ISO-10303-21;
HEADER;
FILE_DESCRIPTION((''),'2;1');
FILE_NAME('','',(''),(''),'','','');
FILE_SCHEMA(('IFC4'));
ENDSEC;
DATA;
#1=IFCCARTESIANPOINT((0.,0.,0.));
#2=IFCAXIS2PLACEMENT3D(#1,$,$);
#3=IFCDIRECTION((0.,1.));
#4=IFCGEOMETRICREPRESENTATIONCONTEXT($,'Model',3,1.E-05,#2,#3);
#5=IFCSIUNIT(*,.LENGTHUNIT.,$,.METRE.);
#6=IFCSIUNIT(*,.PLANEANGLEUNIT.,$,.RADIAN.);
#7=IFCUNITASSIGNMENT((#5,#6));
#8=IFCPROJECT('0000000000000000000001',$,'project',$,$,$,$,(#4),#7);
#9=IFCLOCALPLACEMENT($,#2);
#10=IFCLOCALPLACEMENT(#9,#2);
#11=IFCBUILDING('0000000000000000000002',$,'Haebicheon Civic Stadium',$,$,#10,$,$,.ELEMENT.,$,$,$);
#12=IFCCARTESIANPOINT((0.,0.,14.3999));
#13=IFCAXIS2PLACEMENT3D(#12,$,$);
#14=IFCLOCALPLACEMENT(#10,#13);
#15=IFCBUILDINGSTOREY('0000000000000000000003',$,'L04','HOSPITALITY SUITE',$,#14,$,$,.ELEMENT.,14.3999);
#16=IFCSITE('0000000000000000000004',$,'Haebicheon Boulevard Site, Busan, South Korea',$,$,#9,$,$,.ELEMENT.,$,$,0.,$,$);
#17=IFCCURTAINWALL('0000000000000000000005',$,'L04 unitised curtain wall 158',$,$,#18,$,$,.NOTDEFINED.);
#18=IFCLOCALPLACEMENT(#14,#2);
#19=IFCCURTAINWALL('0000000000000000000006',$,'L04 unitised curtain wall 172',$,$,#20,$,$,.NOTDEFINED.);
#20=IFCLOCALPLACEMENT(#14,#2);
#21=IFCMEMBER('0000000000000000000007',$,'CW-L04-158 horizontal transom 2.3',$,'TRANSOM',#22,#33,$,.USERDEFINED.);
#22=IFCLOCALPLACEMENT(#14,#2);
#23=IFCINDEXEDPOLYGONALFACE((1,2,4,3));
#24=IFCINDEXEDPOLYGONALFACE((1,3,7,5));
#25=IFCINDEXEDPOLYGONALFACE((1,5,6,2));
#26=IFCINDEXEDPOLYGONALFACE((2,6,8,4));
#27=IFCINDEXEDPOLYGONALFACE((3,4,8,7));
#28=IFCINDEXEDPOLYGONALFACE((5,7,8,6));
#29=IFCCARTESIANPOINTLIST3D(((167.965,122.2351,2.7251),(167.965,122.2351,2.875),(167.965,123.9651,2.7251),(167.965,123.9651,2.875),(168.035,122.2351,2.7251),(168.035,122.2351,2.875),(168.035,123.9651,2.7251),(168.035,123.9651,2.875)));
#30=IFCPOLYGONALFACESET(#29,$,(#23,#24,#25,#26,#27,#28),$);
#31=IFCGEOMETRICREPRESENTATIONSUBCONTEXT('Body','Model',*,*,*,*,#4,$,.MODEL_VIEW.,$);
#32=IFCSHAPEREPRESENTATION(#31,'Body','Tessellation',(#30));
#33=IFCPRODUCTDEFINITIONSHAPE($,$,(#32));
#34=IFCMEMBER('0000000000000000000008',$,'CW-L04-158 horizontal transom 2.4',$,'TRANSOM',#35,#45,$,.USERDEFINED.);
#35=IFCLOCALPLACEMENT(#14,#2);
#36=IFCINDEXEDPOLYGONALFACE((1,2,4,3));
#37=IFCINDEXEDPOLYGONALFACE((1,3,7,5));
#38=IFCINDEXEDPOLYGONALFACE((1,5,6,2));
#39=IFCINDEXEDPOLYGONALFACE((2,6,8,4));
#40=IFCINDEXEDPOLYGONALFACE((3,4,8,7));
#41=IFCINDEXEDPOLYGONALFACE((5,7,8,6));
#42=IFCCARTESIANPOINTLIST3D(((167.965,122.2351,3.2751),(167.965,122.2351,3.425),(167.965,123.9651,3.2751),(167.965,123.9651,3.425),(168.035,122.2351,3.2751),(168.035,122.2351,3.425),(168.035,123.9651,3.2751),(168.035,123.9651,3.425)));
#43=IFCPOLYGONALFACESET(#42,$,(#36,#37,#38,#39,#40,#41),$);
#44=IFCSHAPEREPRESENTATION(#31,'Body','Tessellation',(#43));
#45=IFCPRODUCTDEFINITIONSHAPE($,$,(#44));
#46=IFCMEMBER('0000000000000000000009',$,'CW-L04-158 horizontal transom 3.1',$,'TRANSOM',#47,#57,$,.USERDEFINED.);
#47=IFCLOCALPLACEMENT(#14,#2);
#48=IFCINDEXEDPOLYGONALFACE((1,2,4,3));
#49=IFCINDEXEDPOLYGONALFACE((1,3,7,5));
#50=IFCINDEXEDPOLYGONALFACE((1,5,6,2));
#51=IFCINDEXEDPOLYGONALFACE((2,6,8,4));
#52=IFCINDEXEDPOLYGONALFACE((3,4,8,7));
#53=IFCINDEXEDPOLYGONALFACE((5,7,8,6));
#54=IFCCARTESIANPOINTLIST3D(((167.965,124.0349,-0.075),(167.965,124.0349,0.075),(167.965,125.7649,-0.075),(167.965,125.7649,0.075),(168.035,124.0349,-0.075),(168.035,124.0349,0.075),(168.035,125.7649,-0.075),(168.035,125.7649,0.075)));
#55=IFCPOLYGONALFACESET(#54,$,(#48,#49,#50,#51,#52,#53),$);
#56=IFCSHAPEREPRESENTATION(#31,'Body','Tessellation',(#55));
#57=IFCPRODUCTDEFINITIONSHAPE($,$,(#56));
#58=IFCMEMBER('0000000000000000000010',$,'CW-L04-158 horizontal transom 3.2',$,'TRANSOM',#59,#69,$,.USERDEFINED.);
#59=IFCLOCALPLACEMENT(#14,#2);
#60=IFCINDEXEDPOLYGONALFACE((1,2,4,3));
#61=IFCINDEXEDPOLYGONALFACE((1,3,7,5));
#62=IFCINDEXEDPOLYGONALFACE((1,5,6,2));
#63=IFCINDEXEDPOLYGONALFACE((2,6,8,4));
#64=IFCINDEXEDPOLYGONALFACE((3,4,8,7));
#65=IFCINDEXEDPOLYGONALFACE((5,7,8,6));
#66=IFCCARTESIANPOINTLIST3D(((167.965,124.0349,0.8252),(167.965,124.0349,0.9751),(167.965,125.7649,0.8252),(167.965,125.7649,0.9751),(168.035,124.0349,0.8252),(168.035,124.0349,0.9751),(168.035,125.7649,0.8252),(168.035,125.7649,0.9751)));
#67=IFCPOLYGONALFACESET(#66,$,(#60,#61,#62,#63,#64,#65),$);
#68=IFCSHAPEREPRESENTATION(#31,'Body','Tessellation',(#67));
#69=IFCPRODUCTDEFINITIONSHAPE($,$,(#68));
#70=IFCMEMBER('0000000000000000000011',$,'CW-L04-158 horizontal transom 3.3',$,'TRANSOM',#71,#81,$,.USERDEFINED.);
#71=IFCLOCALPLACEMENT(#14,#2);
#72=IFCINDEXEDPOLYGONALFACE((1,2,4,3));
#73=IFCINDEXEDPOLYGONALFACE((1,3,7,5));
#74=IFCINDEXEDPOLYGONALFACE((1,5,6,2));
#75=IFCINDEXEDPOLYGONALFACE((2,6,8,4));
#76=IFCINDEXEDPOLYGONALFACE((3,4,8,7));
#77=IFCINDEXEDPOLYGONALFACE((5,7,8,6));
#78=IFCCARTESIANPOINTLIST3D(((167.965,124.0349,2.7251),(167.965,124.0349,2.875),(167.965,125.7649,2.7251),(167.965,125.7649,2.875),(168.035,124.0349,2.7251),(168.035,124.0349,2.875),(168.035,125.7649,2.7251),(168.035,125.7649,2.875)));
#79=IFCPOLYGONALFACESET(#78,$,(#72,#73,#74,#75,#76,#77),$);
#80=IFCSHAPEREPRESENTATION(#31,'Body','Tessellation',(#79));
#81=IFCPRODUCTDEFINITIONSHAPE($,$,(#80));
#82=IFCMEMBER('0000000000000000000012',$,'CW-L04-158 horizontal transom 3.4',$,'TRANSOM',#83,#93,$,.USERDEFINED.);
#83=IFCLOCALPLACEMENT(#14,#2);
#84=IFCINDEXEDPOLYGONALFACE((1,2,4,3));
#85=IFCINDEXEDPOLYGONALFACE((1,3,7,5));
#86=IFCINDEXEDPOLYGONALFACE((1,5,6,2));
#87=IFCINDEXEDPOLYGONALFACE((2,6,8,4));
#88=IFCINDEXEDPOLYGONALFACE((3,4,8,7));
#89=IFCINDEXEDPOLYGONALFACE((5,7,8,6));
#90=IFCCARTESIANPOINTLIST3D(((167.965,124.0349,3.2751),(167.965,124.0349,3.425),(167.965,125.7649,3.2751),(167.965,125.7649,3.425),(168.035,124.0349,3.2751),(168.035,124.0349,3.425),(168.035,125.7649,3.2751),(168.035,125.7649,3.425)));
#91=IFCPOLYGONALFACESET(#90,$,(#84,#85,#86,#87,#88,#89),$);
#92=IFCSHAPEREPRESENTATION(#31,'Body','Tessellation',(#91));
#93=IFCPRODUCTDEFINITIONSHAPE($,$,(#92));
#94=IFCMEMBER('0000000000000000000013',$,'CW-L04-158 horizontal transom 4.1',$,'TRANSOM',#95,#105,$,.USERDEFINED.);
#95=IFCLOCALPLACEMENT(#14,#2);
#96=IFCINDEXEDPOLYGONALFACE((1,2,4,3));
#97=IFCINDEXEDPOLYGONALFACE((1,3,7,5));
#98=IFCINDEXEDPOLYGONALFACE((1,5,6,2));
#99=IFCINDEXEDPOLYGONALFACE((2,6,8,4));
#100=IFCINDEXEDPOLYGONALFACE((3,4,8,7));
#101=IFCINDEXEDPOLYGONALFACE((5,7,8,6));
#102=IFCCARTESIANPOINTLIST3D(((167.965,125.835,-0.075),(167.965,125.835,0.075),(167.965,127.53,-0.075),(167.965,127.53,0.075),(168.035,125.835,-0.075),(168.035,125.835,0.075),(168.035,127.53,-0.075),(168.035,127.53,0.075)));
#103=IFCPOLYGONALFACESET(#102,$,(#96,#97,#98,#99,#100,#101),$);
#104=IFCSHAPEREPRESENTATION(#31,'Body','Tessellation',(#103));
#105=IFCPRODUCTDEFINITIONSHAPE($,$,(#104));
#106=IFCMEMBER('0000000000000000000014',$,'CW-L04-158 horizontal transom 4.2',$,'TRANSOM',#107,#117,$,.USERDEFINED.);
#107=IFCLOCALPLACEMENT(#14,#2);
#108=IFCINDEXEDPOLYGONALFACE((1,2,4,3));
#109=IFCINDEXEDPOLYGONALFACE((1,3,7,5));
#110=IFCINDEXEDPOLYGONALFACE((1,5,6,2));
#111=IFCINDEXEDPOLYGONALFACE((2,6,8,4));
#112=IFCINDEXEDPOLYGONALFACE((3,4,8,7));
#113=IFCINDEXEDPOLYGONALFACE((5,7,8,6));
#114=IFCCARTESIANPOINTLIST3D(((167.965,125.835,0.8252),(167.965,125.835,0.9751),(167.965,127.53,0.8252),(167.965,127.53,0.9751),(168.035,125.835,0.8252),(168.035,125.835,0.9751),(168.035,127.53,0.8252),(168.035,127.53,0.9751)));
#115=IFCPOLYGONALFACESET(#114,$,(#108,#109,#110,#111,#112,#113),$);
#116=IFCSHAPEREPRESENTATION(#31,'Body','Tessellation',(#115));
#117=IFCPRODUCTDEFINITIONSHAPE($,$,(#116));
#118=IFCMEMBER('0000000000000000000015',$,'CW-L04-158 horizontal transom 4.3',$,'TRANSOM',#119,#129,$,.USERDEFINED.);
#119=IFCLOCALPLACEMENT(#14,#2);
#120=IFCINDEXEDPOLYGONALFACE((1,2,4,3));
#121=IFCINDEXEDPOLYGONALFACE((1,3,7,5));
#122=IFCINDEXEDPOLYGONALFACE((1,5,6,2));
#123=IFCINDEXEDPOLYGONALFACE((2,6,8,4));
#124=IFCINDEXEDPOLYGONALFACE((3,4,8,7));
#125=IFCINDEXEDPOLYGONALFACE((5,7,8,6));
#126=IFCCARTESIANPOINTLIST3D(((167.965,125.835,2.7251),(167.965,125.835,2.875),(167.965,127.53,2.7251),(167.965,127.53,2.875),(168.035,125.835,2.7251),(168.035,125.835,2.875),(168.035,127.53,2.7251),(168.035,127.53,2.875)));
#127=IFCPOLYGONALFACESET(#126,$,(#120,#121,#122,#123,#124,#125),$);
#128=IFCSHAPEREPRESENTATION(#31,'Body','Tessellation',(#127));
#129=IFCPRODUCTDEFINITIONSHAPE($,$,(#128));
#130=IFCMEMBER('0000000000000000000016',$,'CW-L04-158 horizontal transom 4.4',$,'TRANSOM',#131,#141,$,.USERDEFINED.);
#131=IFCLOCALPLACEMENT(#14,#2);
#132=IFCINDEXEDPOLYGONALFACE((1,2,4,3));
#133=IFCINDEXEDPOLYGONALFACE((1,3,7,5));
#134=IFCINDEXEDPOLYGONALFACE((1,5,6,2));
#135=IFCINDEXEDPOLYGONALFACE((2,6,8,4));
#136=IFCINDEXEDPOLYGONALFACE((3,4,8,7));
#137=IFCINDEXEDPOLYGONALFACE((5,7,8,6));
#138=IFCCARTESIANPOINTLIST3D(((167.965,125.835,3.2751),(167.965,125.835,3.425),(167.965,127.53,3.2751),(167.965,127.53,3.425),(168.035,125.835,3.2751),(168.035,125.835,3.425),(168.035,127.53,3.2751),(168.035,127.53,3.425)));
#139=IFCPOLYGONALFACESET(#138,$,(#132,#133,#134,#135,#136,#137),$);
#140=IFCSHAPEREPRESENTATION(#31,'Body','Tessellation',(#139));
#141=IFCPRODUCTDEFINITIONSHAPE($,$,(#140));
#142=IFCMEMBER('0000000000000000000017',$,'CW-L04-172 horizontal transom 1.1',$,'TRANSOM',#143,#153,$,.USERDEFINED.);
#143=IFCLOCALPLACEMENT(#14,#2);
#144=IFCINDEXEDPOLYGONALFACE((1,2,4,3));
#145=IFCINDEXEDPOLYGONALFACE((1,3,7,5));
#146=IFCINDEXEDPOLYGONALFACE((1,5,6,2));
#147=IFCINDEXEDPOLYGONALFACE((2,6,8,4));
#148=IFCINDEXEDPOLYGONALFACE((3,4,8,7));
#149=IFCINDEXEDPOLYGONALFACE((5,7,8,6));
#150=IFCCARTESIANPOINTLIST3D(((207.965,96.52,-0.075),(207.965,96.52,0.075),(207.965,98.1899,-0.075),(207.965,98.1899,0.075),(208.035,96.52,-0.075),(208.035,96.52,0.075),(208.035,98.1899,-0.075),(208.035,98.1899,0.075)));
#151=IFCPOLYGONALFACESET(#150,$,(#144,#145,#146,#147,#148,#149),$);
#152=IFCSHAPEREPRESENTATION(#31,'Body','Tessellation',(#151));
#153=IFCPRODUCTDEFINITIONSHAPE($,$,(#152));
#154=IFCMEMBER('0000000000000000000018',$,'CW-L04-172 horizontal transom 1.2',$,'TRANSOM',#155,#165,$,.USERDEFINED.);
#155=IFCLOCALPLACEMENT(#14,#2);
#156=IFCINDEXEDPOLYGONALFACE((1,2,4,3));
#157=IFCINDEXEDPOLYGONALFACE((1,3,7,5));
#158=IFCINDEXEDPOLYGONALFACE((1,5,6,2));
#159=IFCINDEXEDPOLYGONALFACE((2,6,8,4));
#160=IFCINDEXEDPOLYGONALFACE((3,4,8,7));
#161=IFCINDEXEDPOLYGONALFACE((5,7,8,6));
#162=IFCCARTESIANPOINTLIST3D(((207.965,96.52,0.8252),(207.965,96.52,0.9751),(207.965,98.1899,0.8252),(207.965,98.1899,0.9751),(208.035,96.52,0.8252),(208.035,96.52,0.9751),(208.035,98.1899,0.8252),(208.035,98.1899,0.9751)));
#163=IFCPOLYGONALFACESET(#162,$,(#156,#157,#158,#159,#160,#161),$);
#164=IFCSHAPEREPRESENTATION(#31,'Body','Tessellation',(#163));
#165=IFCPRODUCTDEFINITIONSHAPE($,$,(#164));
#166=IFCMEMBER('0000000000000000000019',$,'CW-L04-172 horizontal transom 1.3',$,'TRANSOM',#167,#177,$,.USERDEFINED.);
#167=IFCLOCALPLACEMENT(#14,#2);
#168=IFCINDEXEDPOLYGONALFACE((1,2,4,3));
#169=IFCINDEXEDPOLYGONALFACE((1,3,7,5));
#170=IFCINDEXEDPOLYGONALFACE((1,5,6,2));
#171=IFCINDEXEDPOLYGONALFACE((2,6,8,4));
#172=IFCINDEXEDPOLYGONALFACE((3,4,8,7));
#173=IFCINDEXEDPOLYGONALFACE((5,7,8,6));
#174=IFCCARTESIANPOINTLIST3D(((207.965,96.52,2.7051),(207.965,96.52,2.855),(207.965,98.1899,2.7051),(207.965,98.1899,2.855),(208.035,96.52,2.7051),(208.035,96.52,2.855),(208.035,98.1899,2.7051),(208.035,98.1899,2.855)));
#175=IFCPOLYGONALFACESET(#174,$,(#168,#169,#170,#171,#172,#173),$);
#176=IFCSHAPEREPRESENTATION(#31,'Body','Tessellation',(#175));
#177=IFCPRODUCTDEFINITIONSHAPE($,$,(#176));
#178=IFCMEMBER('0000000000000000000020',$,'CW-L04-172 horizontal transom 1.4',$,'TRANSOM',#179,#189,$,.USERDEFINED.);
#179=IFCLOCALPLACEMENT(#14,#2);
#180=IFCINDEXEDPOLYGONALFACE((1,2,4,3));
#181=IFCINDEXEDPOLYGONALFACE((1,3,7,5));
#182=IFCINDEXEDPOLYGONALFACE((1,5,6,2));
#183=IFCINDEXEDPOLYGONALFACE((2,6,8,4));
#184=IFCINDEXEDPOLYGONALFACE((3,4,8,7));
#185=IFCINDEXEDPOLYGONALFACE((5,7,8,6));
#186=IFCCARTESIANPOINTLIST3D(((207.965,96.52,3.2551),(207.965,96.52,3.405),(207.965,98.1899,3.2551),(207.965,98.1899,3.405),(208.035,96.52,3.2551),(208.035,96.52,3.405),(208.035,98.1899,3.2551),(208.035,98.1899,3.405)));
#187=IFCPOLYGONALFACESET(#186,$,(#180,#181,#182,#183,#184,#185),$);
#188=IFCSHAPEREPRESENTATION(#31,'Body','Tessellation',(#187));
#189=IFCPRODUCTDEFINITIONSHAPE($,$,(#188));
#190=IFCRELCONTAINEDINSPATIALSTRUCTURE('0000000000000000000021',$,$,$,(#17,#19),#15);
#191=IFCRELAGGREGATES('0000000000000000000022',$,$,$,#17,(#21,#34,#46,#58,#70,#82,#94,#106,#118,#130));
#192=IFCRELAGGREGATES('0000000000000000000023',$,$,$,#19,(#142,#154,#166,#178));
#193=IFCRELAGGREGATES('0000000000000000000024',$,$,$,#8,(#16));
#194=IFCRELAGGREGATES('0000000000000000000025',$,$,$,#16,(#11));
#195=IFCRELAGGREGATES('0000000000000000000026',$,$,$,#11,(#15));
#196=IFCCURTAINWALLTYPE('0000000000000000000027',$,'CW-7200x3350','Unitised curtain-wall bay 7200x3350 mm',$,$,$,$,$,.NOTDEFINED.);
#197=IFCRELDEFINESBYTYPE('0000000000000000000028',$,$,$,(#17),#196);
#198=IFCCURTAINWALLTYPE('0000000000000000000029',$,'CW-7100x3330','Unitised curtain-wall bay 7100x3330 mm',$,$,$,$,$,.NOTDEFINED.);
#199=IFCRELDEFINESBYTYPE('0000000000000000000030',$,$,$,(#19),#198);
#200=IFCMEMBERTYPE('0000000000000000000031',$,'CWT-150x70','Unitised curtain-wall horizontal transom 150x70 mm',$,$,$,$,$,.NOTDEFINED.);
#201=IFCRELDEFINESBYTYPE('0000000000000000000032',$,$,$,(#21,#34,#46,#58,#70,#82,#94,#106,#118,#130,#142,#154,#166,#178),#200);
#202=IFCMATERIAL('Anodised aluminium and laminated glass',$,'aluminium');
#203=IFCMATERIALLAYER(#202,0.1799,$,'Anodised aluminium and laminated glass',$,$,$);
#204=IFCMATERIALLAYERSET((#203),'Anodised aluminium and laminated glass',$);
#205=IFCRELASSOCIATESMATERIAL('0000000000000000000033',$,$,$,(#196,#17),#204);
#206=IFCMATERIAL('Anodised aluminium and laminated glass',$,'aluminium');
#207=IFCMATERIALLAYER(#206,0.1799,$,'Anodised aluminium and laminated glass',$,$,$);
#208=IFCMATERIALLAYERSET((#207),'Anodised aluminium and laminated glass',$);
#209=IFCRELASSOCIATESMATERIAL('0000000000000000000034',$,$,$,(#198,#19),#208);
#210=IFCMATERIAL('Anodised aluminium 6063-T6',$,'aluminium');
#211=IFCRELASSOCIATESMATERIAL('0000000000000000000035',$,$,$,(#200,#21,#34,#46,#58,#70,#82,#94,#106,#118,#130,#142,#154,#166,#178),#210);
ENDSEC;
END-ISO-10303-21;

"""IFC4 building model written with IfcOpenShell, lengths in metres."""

from ifc_helpers import new_model, si_unit, direction, frame, origin, origin_2d, place, context, subcontext, project, spatial, rectangle, extrude, material, layer, layer_set, material_profile, profile_set, type_object, element, aggregate, save


model = new_model("IFC4")

# Units and contexts
model_context = context("Model", 3, precision=1e-05, world=origin(), true_north=direction((0.0, 1.0)))
body_context = subcontext(model_context, "Body", "Model", "MODEL_VIEW")
ifc_project = project(units=[si_unit("LENGTHUNIT", "METRE"), si_unit("PLANEANGLEUNIT", "RADIAN")], contexts=[model_context])

# Site, building, storey
site_placement = place(None, origin())
site = spatial("IfcSite", under=ifc_project, at=site_placement, Name="Haebicheon Boulevard Site, Busan, South Korea", CompositionType="ELEMENT", RefElevation=0.0)
building_placement = place(site_placement, origin())
building = spatial("IfcBuilding", under=site, at=building_placement, Name="Haebicheon Civic Stadium", CompositionType="ELEMENT")
storey_placement = place(building_placement, frame((0.0, 0.0, 14.3999)))
storey = spatial("IfcBuildingStorey", under=building, at=storey_placement, Name="L04", Description="HOSPITALITY SUITE", CompositionType="ELEMENT", Elevation=14.3999)

# Curtain wall
ifc_material_1 = material(Name="Anodised aluminium and laminated glass", Category="aluminium")
ifc_layer_1 = layer(ifc_material_1, 0.1799, Name="Anodised aluminium and laminated glass")
ifc_layer_set_1 = layer_set([ifc_layer_1], Name="Anodised aluminium and laminated glass")
curtain_wall_type_1 = type_object("IfcCurtainWallType", Name="CW-7200x3350", Description="Unitised curtain-wall bay 7200x3350 mm", PredefinedType="NOTDEFINED", material=ifc_layer_set_1)
curtain_wall_1_placement = place(storey_placement, origin())
curtain_wall_1 = element("IfcCurtainWall", 1, at=curtain_wall_1_placement, inside=storey, type_object=curtain_wall_type_1, material=ifc_layer_set_1, Name="L04 unitised curtain wall 158", PredefinedType="NOTDEFINED")

# Curtain wall
ifc_material_2 = material(Name="Anodised aluminium and laminated glass", Category="aluminium")
ifc_layer_2 = layer(ifc_material_2, 0.1799, Name="Anodised aluminium and laminated glass")
ifc_layer_set_2 = layer_set([ifc_layer_2], Name="Anodised aluminium and laminated glass")
curtain_wall_type_2 = type_object("IfcCurtainWallType", Name="CW-7100x3330", Description="Unitised curtain-wall bay 7100x3330 mm", PredefinedType="NOTDEFINED", material=ifc_layer_set_2)
curtain_wall_2_placement = place(storey_placement, origin())
curtain_wall_2 = element("IfcCurtainWall", 2, at=curtain_wall_2_placement, inside=storey, type_object=curtain_wall_type_2, material=ifc_layer_set_2, Name="L04 unitised curtain wall 172", PredefinedType="NOTDEFINED")

# Members
ifc_material_3 = material(Name="Anodised aluminium 6063-T6", Category="aluminium")
ifc_material_profile_1 = material_profile(ifc_material_3, rectangle(XDim=0.0701, YDim=0.1499, at=origin_2d()), Name="ALU-TRAN-70x150")
ifc_profile_set_1 = profile_set([ifc_material_profile_1], Name="Anodised aluminium 6063-T6")
member_type_1 = type_object("IfcMemberType", Name="CWT-150x70", Description="Unitised curtain-wall horizontal transom 150x70 mm", PredefinedType="NOTDEFINED", material=ifc_profile_set_1)
member_1_placement = place(storey_placement, frame((168.0, 122.2351, 2.8), z_axis=(0.0, 1.0, 0.0), x_axis=(-1.0, 0.0, 0.0)))
member_1 = element("IfcMember", 3, at=member_1_placement, type_object=member_type_1, material=ifc_profile_set_1, Name="CW-L04-158 horizontal transom 2.3", ObjectType="TRANSOM", PredefinedType="USERDEFINED", context=body_context, shape_type="SweptSolid", body=[
    extrude(rectangle(XDim=0.0701, YDim=0.1499, at=origin_2d()), origin(), (0.0, 0.0, 1.0), 1.73),
])
member_2_placement = place(storey_placement, frame((168.0, 122.2351, 3.3501), z_axis=(0.0, 1.0, 0.0), x_axis=(-1.0, 0.0, 0.0)))
member_2 = element("IfcMember", 4, at=member_2_placement, type_object=member_type_1, material=ifc_profile_set_1, Name="CW-L04-158 horizontal transom 2.4", ObjectType="TRANSOM", PredefinedType="USERDEFINED", context=body_context, shape_type="SweptSolid", body=[
    extrude(rectangle(XDim=0.0701, YDim=0.1499, at=origin_2d()), origin(), (0.0, 0.0, 1.0), 1.73),
])
member_3_placement = place(storey_placement, frame((168.0, 124.0349, 0.0), z_axis=(0.0, 1.0, 0.0), x_axis=(-1.0, 0.0, 0.0)))
member_3 = element("IfcMember", 5, at=member_3_placement, type_object=member_type_1, material=ifc_profile_set_1, Name="CW-L04-158 horizontal transom 3.1", ObjectType="TRANSOM", PredefinedType="USERDEFINED", context=body_context, shape_type="SweptSolid", body=[
    extrude(rectangle(XDim=0.0701, YDim=0.1499, at=origin_2d()), origin(), (0.0, 0.0, 1.0), 1.73),
])
member_4_placement = place(storey_placement, frame((168.0, 124.0349, 0.9001), z_axis=(0.0, 1.0, 0.0), x_axis=(-1.0, 0.0, 0.0)))
member_4 = element("IfcMember", 6, at=member_4_placement, type_object=member_type_1, material=ifc_profile_set_1, Name="CW-L04-158 horizontal transom 3.2", ObjectType="TRANSOM", PredefinedType="USERDEFINED", context=body_context, shape_type="SweptSolid", body=[
    extrude(rectangle(XDim=0.0701, YDim=0.1499, at=origin_2d()), origin(), (0.0, 0.0, 1.0), 1.73),
])
member_5_placement = place(storey_placement, frame((168.0, 124.0349, 2.8), z_axis=(0.0, 1.0, 0.0), x_axis=(-1.0, 0.0, 0.0)))
member_5 = element("IfcMember", 7, at=member_5_placement, type_object=member_type_1, material=ifc_profile_set_1, Name="CW-L04-158 horizontal transom 3.3", ObjectType="TRANSOM", PredefinedType="USERDEFINED", context=body_context, shape_type="SweptSolid", body=[
    extrude(rectangle(XDim=0.0701, YDim=0.1499, at=origin_2d()), origin(), (0.0, 0.0, 1.0), 1.73),
])
member_6_placement = place(storey_placement, frame((168.0, 124.0349, 3.3501), z_axis=(0.0, 1.0, 0.0), x_axis=(-1.0, 0.0, 0.0)))
member_6 = element("IfcMember", 8, at=member_6_placement, type_object=member_type_1, material=ifc_profile_set_1, Name="CW-L04-158 horizontal transom 3.4", ObjectType="TRANSOM", PredefinedType="USERDEFINED", context=body_context, shape_type="SweptSolid", body=[
    extrude(rectangle(XDim=0.0701, YDim=0.1499, at=origin_2d()), origin(), (0.0, 0.0, 1.0), 1.73),
])
member_7_placement = place(storey_placement, frame((168.0, 125.835, 0.0), z_axis=(0.0, 1.0, 0.0), x_axis=(-1.0, 0.0, 0.0)))
member_7 = element("IfcMember", 9, at=member_7_placement, type_object=member_type_1, material=ifc_profile_set_1, Name="CW-L04-158 horizontal transom 4.1", ObjectType="TRANSOM", PredefinedType="USERDEFINED", context=body_context, shape_type="SweptSolid", body=[
    extrude(rectangle(XDim=0.0701, YDim=0.1499, at=origin_2d()), origin(), (0.0, 0.0, 1.0), 1.6951),
])
member_8_placement = place(storey_placement, frame((168.0, 125.835, 0.9001), z_axis=(0.0, 1.0, 0.0), x_axis=(-1.0, 0.0, 0.0)))
member_8 = element("IfcMember", 10, at=member_8_placement, type_object=member_type_1, material=ifc_profile_set_1, Name="CW-L04-158 horizontal transom 4.2", ObjectType="TRANSOM", PredefinedType="USERDEFINED", context=body_context, shape_type="SweptSolid", body=[
    extrude(rectangle(XDim=0.0701, YDim=0.1499, at=origin_2d()), origin(), (0.0, 0.0, 1.0), 1.6951),
])
member_9_placement = place(storey_placement, frame((168.0, 125.835, 2.8), z_axis=(0.0, 1.0, 0.0), x_axis=(-1.0, 0.0, 0.0)))
member_9 = element("IfcMember", 11, at=member_9_placement, type_object=member_type_1, material=ifc_profile_set_1, Name="CW-L04-158 horizontal transom 4.3", ObjectType="TRANSOM", PredefinedType="USERDEFINED", context=body_context, shape_type="SweptSolid", body=[
    extrude(rectangle(XDim=0.0701, YDim=0.1499, at=origin_2d()), origin(), (0.0, 0.0, 1.0), 1.6951),
])
member_10_placement = place(storey_placement, frame((168.0, 125.835, 3.3501), z_axis=(0.0, 1.0, 0.0), x_axis=(-1.0, 0.0, 0.0)))
member_10 = element("IfcMember", 12, at=member_10_placement, type_object=member_type_1, material=ifc_profile_set_1, Name="CW-L04-158 horizontal transom 4.4", ObjectType="TRANSOM", PredefinedType="USERDEFINED", context=body_context, shape_type="SweptSolid", body=[
    extrude(rectangle(XDim=0.0701, YDim=0.1499, at=origin_2d()), origin(), (0.0, 0.0, 1.0), 1.6951),
])
member_11_placement = place(storey_placement, frame((208.0, 96.52, 0.0), z_axis=(0.0, 1.0, 0.0), x_axis=(-1.0, 0.0, 0.0)))
member_11 = element("IfcMember", 13, at=member_11_placement, type_object=member_type_1, material=ifc_profile_set_1, Name="CW-L04-172 horizontal transom 1.1", ObjectType="TRANSOM", PredefinedType="USERDEFINED", context=body_context, shape_type="SweptSolid", body=[
    extrude(rectangle(XDim=0.0701, YDim=0.1499, at=origin_2d()), origin(), (0.0, 0.0, 1.0), 1.6699),
])
member_12_placement = place(storey_placement, frame((208.0, 96.52, 0.9001), z_axis=(0.0, 1.0, 0.0), x_axis=(-1.0, 0.0, 0.0)))
member_12 = element("IfcMember", 14, at=member_12_placement, type_object=member_type_1, material=ifc_profile_set_1, Name="CW-L04-172 horizontal transom 1.2", ObjectType="TRANSOM", PredefinedType="USERDEFINED", context=body_context, shape_type="SweptSolid", body=[
    extrude(rectangle(XDim=0.0701, YDim=0.1499, at=origin_2d()), origin(), (0.0, 0.0, 1.0), 1.6699),
])
member_13_placement = place(storey_placement, frame((208.0, 96.52, 2.78), z_axis=(0.0, 1.0, 0.0), x_axis=(-1.0, 0.0, 0.0)))
member_13 = element("IfcMember", 15, at=member_13_placement, type_object=member_type_1, material=ifc_profile_set_1, Name="CW-L04-172 horizontal transom 1.3", ObjectType="TRANSOM", PredefinedType="USERDEFINED", context=body_context, shape_type="SweptSolid", body=[
    extrude(rectangle(XDim=0.0701, YDim=0.1499, at=origin_2d()), origin(), (0.0, 0.0, 1.0), 1.6699),
])
member_14_placement = place(storey_placement, frame((208.0, 96.52, 3.3301), z_axis=(0.0, 1.0, 0.0), x_axis=(-1.0, 0.0, 0.0)))
member_14 = element("IfcMember", 16, at=member_14_placement, type_object=member_type_1, material=ifc_profile_set_1, Name="CW-L04-172 horizontal transom 1.4", ObjectType="TRANSOM", PredefinedType="USERDEFINED", context=body_context, shape_type="SweptSolid", body=[
    extrude(rectangle(XDim=0.0701, YDim=0.1499, at=origin_2d()), origin(), (0.0, 0.0, 1.0), 1.6699),
])

aggregate(curtain_wall_1, [member_1, member_2, member_3, member_4, member_5, member_6, member_7, member_8, member_9, member_10])
aggregate(curtain_wall_2, [member_11, member_12, member_13, member_14])

save(model, "model.ifc")
